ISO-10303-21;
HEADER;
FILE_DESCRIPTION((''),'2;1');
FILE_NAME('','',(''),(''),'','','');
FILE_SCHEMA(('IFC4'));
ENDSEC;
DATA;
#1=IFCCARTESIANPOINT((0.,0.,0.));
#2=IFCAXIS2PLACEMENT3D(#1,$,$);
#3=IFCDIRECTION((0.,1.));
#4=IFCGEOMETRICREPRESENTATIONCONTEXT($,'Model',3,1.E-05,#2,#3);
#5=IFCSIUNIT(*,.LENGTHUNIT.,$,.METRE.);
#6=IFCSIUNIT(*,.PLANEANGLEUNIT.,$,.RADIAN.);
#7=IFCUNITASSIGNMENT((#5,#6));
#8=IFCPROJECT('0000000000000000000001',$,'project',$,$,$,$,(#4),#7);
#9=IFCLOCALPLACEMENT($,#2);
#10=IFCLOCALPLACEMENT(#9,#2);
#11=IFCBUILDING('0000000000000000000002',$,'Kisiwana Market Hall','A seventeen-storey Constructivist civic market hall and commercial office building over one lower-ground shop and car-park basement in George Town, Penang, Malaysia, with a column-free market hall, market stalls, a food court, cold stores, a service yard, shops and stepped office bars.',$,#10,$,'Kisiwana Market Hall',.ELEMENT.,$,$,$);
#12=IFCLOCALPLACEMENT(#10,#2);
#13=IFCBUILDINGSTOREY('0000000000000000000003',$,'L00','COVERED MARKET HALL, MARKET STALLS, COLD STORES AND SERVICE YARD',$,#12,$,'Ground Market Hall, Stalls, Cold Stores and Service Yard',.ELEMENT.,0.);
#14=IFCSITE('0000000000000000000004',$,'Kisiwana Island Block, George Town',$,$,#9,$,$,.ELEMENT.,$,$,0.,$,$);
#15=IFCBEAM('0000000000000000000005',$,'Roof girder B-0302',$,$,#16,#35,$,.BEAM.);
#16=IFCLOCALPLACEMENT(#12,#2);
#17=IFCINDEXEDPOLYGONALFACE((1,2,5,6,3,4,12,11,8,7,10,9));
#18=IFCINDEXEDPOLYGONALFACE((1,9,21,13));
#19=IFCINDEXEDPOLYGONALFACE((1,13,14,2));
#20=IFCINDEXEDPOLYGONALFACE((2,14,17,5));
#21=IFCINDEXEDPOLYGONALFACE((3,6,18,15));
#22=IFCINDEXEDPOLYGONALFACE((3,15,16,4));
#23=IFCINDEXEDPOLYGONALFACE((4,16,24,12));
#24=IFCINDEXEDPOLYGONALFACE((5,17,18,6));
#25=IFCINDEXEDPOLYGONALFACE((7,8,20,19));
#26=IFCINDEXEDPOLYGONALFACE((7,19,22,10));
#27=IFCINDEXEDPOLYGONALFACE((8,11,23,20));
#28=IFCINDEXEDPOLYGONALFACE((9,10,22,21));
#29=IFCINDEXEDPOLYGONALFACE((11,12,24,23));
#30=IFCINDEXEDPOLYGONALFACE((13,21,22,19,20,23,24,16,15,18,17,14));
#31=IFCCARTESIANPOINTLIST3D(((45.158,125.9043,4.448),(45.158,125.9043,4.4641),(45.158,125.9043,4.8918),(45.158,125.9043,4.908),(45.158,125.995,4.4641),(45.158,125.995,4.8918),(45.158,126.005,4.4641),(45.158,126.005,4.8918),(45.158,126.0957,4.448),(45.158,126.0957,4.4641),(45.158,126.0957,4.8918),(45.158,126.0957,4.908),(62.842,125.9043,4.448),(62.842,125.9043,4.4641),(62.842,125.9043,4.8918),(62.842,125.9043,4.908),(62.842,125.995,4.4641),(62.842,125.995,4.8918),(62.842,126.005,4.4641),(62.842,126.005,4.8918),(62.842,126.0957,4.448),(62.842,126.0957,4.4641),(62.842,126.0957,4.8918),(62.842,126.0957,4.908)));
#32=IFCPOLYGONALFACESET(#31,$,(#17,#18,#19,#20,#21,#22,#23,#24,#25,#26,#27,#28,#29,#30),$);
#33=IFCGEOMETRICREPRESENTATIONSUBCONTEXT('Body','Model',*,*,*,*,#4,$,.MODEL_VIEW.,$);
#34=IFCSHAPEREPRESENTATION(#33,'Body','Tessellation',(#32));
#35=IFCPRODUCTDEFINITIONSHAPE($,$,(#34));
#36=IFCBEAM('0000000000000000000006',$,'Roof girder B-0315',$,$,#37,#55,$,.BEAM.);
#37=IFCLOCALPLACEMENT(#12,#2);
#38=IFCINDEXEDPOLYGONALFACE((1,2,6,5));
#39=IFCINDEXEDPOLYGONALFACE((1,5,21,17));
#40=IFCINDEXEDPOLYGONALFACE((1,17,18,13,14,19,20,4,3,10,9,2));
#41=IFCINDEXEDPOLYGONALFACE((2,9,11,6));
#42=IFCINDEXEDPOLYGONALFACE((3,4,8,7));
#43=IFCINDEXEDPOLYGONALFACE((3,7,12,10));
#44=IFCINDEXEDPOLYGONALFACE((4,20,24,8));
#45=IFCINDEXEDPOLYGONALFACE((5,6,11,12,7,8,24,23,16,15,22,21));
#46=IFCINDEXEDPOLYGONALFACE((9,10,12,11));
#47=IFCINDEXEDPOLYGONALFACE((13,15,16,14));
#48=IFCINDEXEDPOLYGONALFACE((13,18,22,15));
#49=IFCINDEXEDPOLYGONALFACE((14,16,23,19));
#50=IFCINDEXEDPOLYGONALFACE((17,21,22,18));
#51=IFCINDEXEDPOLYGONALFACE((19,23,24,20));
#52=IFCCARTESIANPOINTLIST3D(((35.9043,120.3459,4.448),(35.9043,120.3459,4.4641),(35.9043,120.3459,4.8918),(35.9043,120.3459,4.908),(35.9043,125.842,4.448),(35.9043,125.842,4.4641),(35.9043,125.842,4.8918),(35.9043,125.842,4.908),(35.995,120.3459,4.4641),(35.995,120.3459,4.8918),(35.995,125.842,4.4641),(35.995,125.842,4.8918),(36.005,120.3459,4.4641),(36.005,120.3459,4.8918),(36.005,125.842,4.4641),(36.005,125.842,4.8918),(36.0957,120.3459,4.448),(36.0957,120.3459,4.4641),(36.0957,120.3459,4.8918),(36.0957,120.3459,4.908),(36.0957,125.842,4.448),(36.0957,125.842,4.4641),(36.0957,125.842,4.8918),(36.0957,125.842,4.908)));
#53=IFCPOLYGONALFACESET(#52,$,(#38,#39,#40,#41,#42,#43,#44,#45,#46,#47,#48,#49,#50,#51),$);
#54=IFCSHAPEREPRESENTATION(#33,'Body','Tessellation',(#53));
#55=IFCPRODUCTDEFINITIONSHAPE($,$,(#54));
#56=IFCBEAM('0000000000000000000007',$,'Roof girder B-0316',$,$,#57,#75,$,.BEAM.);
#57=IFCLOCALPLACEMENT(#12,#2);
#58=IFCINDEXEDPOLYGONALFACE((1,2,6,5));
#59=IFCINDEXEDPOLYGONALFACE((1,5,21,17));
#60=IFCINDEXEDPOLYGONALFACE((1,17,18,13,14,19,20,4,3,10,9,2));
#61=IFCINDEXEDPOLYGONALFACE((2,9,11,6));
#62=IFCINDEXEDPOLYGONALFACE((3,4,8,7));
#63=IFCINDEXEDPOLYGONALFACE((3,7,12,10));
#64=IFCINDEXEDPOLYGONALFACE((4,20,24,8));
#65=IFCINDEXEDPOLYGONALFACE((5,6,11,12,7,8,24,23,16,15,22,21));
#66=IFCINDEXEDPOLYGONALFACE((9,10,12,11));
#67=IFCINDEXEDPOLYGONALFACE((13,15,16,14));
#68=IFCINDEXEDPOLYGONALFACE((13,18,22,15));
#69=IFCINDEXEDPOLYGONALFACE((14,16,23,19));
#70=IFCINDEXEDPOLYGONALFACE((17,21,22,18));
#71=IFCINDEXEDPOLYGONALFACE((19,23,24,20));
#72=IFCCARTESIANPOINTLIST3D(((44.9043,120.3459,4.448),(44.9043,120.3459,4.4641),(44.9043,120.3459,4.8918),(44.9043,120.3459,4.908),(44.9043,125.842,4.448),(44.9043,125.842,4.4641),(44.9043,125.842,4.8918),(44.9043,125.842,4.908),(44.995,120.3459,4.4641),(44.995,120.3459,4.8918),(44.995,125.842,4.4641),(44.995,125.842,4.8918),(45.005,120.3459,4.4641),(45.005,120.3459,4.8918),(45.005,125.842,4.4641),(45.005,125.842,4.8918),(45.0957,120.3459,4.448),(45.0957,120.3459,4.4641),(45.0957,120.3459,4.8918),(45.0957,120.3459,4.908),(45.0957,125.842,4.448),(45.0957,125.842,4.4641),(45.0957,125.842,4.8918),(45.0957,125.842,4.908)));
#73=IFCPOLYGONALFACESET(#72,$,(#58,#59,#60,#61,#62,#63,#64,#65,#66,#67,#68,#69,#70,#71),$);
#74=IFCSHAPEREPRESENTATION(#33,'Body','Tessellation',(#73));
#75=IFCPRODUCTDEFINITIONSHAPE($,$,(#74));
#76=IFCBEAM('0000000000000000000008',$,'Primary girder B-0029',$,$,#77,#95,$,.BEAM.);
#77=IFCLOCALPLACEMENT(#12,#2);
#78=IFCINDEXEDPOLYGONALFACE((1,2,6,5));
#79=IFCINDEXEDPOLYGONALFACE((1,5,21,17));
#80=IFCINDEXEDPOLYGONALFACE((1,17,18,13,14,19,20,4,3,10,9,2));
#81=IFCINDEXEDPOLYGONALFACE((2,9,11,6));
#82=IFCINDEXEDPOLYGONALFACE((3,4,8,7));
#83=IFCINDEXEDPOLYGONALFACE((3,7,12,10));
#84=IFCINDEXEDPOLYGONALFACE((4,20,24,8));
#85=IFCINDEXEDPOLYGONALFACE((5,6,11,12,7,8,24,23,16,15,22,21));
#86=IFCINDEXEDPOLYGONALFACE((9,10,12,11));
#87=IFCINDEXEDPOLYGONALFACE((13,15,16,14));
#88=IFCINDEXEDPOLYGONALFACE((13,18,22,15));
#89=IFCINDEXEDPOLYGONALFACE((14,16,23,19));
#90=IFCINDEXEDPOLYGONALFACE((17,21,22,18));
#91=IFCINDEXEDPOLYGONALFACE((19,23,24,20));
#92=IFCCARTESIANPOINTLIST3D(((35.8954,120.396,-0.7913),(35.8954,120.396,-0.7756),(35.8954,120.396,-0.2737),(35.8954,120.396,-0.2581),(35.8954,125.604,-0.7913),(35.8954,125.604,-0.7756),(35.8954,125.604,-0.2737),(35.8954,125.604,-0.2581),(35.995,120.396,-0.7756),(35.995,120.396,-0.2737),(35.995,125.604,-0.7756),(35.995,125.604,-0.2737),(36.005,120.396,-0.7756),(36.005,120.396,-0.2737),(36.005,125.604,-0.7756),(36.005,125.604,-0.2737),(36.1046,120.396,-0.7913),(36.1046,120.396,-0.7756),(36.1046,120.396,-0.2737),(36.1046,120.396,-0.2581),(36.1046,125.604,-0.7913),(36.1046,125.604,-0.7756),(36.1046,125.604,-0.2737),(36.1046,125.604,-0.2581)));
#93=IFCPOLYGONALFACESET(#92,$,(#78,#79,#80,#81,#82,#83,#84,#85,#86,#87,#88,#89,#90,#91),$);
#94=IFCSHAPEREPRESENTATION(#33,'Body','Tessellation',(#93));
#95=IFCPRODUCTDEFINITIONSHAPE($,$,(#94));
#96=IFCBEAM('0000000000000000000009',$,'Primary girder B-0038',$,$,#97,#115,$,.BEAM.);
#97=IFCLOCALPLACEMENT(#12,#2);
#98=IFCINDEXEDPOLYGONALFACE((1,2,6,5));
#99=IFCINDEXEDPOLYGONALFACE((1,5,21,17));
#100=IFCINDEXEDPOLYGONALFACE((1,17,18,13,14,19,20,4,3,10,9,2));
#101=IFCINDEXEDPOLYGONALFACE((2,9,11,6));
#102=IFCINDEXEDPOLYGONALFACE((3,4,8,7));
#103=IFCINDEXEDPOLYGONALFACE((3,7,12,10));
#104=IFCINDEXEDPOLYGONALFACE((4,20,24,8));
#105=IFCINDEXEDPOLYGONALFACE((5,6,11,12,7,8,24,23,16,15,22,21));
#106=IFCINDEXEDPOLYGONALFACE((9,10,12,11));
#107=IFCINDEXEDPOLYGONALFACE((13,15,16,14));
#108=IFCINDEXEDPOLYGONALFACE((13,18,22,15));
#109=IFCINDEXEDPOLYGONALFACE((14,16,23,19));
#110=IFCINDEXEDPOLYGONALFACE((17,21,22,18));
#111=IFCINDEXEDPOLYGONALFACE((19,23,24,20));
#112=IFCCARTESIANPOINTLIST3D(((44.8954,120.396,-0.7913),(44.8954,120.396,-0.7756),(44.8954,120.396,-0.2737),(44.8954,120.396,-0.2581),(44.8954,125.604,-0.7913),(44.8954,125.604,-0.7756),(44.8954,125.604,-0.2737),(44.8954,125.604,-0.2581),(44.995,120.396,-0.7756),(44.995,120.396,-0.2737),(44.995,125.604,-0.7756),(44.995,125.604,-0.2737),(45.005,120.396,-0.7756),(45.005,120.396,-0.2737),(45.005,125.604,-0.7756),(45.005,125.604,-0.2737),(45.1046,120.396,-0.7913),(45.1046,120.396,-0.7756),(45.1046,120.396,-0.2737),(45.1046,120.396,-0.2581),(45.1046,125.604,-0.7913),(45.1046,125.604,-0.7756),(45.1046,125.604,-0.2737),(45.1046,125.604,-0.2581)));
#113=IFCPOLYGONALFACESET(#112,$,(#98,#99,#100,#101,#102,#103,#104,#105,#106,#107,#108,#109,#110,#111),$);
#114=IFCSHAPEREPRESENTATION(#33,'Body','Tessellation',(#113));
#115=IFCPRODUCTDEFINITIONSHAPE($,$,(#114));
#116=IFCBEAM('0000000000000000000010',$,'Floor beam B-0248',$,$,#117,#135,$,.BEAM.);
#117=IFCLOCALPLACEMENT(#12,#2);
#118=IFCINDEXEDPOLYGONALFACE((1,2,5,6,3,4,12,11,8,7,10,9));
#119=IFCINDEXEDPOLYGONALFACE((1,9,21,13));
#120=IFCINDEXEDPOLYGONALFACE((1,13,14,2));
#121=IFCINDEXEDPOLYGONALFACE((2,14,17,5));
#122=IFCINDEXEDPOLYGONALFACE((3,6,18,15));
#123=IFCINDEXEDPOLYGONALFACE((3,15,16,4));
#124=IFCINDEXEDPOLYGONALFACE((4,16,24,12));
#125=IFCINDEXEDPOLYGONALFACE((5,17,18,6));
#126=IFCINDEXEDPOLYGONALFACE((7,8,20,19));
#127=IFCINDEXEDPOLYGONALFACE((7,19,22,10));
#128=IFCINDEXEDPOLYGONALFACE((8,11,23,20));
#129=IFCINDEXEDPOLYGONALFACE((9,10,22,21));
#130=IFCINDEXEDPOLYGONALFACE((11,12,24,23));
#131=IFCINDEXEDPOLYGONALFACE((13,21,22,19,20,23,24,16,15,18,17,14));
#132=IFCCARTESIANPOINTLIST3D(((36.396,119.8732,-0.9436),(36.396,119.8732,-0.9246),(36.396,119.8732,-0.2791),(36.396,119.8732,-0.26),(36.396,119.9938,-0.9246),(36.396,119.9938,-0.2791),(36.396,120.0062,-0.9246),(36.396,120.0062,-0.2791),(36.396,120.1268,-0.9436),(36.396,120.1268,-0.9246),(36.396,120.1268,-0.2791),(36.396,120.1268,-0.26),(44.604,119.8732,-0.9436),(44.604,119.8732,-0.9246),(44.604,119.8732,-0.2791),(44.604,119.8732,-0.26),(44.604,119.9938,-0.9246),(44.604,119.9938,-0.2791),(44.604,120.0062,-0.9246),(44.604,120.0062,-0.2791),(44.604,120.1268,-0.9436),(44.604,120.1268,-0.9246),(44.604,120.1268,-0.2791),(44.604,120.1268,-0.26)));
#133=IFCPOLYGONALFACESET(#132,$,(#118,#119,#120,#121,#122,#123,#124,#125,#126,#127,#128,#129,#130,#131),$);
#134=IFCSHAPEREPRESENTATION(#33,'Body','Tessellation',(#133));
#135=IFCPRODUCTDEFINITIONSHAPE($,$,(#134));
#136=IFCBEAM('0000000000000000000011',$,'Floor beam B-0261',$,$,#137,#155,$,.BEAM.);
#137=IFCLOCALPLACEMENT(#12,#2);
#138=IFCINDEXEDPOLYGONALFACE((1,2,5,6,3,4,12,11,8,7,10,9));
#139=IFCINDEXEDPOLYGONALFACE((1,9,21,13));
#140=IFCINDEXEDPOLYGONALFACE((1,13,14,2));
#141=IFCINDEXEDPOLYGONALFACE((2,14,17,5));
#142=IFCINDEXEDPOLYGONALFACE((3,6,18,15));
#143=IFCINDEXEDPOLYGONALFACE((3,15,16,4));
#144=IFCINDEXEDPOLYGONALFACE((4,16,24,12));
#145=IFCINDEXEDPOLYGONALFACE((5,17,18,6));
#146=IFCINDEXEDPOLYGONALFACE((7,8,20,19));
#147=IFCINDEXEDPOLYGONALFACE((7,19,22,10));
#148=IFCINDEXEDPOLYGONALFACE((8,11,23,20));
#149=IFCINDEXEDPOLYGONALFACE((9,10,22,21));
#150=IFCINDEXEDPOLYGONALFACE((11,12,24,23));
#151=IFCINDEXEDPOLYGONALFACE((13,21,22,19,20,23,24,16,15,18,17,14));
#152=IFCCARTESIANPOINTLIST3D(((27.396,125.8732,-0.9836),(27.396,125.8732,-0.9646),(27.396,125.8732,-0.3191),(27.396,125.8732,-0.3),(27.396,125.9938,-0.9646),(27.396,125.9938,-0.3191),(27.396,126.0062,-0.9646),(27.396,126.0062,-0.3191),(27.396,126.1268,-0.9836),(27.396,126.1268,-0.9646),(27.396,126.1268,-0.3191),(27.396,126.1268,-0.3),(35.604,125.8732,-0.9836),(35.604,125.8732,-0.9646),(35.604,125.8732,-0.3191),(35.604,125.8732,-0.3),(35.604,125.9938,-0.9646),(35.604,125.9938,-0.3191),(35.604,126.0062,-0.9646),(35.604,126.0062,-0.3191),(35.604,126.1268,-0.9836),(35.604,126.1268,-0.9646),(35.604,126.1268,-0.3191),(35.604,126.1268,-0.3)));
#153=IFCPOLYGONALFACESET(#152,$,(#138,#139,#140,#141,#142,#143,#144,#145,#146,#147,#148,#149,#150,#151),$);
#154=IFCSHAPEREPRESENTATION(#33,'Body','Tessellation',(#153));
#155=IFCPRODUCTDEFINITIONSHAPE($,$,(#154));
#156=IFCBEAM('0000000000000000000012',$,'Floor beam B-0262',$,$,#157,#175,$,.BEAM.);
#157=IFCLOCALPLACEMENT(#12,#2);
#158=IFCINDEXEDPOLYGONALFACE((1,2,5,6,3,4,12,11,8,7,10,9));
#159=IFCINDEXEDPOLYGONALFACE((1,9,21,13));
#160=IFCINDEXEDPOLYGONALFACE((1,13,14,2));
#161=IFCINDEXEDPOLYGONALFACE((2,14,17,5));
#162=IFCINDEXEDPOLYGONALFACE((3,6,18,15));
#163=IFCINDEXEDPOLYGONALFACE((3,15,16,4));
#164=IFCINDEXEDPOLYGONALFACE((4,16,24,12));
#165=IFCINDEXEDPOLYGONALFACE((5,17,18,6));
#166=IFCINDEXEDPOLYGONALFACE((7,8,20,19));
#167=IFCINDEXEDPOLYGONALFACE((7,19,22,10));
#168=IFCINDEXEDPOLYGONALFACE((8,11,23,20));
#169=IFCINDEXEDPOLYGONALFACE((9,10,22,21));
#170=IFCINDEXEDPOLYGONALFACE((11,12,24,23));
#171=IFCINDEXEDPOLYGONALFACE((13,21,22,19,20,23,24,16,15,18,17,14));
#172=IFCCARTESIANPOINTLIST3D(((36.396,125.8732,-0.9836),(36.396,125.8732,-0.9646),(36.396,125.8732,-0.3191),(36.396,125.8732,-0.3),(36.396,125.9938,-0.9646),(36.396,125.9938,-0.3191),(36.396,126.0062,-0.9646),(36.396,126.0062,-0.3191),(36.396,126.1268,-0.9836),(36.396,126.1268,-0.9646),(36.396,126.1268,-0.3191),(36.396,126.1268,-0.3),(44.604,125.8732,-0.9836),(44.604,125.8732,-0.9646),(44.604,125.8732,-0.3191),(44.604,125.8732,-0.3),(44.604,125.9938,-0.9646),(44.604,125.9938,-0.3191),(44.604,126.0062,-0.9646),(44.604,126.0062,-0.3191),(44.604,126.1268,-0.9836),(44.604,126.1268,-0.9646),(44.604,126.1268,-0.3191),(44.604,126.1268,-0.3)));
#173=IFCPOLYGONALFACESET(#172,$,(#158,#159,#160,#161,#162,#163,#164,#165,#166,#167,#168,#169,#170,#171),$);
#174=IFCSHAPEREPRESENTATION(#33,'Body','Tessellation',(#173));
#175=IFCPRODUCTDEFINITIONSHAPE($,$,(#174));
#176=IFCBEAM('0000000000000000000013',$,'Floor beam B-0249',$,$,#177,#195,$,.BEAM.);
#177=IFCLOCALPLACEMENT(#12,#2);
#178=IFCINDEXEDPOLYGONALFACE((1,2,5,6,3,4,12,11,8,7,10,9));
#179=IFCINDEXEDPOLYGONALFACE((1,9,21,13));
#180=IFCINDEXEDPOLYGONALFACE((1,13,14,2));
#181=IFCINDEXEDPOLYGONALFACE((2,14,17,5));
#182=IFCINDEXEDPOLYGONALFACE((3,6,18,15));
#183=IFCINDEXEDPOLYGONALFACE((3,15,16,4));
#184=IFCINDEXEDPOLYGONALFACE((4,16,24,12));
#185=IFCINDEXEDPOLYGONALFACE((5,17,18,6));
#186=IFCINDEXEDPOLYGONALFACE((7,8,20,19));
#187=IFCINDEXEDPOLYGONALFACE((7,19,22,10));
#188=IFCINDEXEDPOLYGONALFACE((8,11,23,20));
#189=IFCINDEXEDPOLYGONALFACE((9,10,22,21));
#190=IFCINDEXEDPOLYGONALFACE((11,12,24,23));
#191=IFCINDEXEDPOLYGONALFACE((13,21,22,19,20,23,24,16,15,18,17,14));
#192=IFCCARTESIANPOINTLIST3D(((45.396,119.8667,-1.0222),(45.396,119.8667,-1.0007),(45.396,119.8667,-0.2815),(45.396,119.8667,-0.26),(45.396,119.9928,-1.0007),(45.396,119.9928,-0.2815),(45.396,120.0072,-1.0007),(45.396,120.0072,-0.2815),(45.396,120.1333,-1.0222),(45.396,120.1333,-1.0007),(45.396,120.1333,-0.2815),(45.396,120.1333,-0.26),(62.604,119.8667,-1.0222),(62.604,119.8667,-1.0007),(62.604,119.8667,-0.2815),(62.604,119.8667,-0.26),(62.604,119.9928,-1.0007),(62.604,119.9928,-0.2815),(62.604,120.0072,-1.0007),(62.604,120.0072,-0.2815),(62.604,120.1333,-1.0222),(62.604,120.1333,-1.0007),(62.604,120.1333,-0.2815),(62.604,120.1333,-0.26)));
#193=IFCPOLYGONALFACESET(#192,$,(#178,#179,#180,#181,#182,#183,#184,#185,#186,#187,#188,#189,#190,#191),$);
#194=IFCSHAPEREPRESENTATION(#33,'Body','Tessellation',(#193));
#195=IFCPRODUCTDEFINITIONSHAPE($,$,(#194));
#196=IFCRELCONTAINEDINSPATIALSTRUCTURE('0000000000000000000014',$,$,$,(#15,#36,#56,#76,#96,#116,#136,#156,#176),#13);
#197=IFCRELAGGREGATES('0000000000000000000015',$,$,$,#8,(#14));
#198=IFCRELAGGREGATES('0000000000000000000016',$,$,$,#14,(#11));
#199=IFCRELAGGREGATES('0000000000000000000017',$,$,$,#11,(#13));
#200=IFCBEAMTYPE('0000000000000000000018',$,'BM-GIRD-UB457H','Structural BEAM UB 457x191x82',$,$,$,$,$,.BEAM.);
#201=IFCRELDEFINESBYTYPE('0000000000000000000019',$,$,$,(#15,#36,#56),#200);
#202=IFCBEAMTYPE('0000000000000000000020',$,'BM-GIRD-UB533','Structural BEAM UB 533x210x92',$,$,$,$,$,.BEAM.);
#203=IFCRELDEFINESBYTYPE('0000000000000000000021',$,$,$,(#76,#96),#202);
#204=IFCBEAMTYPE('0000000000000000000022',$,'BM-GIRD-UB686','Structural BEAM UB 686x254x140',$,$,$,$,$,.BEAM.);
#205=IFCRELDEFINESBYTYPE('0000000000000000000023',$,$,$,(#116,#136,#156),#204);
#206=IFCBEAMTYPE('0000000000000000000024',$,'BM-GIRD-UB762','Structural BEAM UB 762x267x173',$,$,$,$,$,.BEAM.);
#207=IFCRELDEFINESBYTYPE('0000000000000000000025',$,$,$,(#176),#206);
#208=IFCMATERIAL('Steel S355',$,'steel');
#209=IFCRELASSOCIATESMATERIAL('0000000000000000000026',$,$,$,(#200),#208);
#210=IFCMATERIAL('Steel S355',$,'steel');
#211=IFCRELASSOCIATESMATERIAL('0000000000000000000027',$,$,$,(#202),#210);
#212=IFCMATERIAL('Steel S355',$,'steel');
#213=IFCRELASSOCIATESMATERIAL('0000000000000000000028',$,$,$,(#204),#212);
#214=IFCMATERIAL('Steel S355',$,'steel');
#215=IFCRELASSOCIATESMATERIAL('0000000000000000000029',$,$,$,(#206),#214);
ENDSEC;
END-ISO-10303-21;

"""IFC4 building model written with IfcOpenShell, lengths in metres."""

from ifc_helpers import new_model, si_unit, direction, frame, origin, origin_2d, place, context, subcontext, project, spatial, i_section, extrude, material, material_profile, profile_set, type_object, element, save


model = new_model("IFC4")

# Units and contexts
model_context = context("Model", 3, precision=1e-05, world=origin(), true_north=direction((0.0, 1.0)))
body_context = subcontext(model_context, "Body", "Model", "MODEL_VIEW")
ifc_project = project(units=[si_unit("LENGTHUNIT", "METRE"), si_unit("PLANEANGLEUNIT", "RADIAN")], contexts=[model_context])

# Site, building, storey
site_placement = place(None, origin())
site = spatial("IfcSite", under=ifc_project, at=site_placement, Name="Kisiwana Island Block, George Town", CompositionType="ELEMENT", RefElevation=0.0)
building_placement = place(site_placement, origin())
building = spatial("IfcBuilding", under=site, at=building_placement, Name="Kisiwana Market Hall", Description="A seventeen-storey Constructivist civic market hall and commercial office building over one lower-ground shop and car-park basement in George Town, Penang, Malaysia, with a column-free market hall, market stalls, a food court, cold stores, a service yard, shops and stepped office bars.", LongName="Kisiwana Market Hall", CompositionType="ELEMENT")
storey_placement = place(building_placement, origin())
storey = spatial("IfcBuildingStorey", under=building, at=storey_placement, Name="L00", Description="COVERED MARKET HALL, MARKET STALLS, COLD STORES AND SERVICE YARD", LongName="Ground Market Hall, Stalls, Cold Stores and Service Yard", CompositionType="ELEMENT", Elevation=0.0)

# Beams
ifc_material_1 = material(Name="Steel S355", Category="steel")
ifc_material_profile_1 = material_profile(ifc_material_1, i_section(OverallWidth=0.1914, OverallDepth=0.46, WebThickness=0.01, FlangeThickness=0.0161, at=origin_2d()), Name="UB 457x191x82")
ifc_profile_set_1 = profile_set([ifc_material_profile_1], Name="Steel S355")
beam_type_1 = type_object("IfcBeamType", Name="BM-GIRD-UB457H", Description="Structural BEAM UB 457x191x82", PredefinedType="BEAM", material=ifc_profile_set_1)
beam_placement = place(storey_placement, frame((45.158, 126.0, 4.678), z_axis=(1.0, 0.0, 0.0), x_axis=(0.0, 1.0, 0.0)))
element("IfcBeam", 1, at=beam_placement, inside=storey, type_object=beam_type_1, Name="Roof girder B-0302", PredefinedType="BEAM", context=body_context, shape_type="SweptSolid", body=[
    extrude(i_section(OverallWidth=0.1914, OverallDepth=0.46, WebThickness=0.01, FlangeThickness=0.0161, at=origin_2d()), origin(), (0.0, 0.0, 1.0), 17.6841),
])
for number, where, z_axis, x_axis, name in (
    (2, (36.0, 120.3459, 4.678), (0.0, 1.0, 0.0), (-1.0, 0.0, 0.0), "Roof girder B-0315"),
    (3, (45.0, 120.3459, 4.678), (0.0, 1.0, 0.0), (-1.0, 0.0, 0.0), "Roof girder B-0316"),
):
    element("IfcBeam", number, at=place(storey_placement, frame(where, z_axis=z_axis, x_axis=x_axis)), inside=storey, type_object=beam_type_1, Name=name, PredefinedType="BEAM", context=body_context, shape_type="SweptSolid", body=[
        extrude(i_section(OverallWidth=0.1914, OverallDepth=0.46, WebThickness=0.01, FlangeThickness=0.0161, at=origin_2d()), origin(), (0.0, 0.0, 1.0), 5.4961),
    ])
ifc_material_2 = material(Name="Steel S355", Category="steel")
ifc_material_profile_2 = material_profile(ifc_material_2, i_section(OverallWidth=0.2092, OverallDepth=0.5332, WebThickness=0.01, FlangeThickness=0.0156, at=origin_2d()), Name="UB 533x210x92")
ifc_profile_set_2 = profile_set([ifc_material_profile_2], Name="Steel S355")
beam_type_2 = type_object("IfcBeamType", Name="BM-GIRD-UB533", Description="Structural BEAM UB 533x210x92", PredefinedType="BEAM", material=ifc_profile_set_2)
for number, where, z_axis, x_axis, name in (
    (4, (36.0, 120.396, -0.5247), (0.0, 1.0, 0.0), (-1.0, 0.0, 0.0), "Primary girder B-0029"),
    (5, (45.0, 120.396, -0.5247), (0.0, 1.0, 0.0), (-1.0, 0.0, 0.0), "Primary girder B-0038"),
):
    element("IfcBeam", number, at=place(storey_placement, frame(where, z_axis=z_axis, x_axis=x_axis)), inside=storey, type_object=beam_type_2, Name=name, PredefinedType="BEAM", context=body_context, shape_type="SweptSolid", body=[
        extrude(i_section(OverallWidth=0.2092, OverallDepth=0.5332, WebThickness=0.01, FlangeThickness=0.0156, at=origin_2d()), origin(), (0.0, 0.0, 1.0), 5.208),
    ])
ifc_material_3 = material(Name="Steel S355", Category="steel")
ifc_material_profile_3 = material_profile(ifc_material_3, i_section(OverallWidth=0.2537, OverallDepth=0.6836, WebThickness=0.0125, FlangeThickness=0.019, at=origin_2d()), Name="UB 686x254x140")
ifc_profile_set_3 = profile_set([ifc_material_profile_3], Name="Steel S355")
beam_type_3 = type_object("IfcBeamType", Name="BM-GIRD-UB686", Description="Structural BEAM UB 686x254x140", PredefinedType="BEAM", material=ifc_profile_set_3)
for number, where, z_axis, x_axis, name in (
    (6, (36.396, 120.0, -0.6018), (1.0, 0.0, 0.0), (0.0, 1.0, 0.0), "Floor beam B-0248"),
    (7, (27.396, 126.0, -0.6418), (1.0, 0.0, 0.0), (0.0, 1.0, 0.0), "Floor beam B-0261"),
    (8, (36.396, 126.0, -0.6418), (1.0, 0.0, 0.0), (0.0, 1.0, 0.0), "Floor beam B-0262"),
):
    element("IfcBeam", number, at=place(storey_placement, frame(where, z_axis=z_axis, x_axis=x_axis)), inside=storey, type_object=beam_type_3, Name=name, PredefinedType="BEAM", context=body_context, shape_type="SweptSolid", body=[
        extrude(i_section(OverallWidth=0.2537, OverallDepth=0.6836, WebThickness=0.0125, FlangeThickness=0.019, at=origin_2d()), origin(), (0.0, 0.0, 1.0), 8.208),
    ])
ifc_material_4 = material(Name="Steel S355", Category="steel")
ifc_material_profile_4 = material_profile(ifc_material_4, i_section(OverallWidth=0.2666, OverallDepth=0.7622, WebThickness=0.0144, FlangeThickness=0.0215, at=origin_2d()), Name="UB 762x267x173")
ifc_profile_set_4 = profile_set([ifc_material_profile_4], Name="Steel S355")
beam_type_4 = type_object("IfcBeamType", Name="BM-GIRD-UB762", Description="Structural BEAM UB 762x267x173", PredefinedType="BEAM", material=ifc_profile_set_4)
for number, where, z_axis, x_axis, name in (
    (9, (45.396, 120.0, -0.6411), (1.0, 0.0, 0.0), (0.0, 1.0, 0.0), "Floor beam B-0249"),
):
    element("IfcBeam", number, at=place(storey_placement, frame(where, z_axis=z_axis, x_axis=x_axis)), inside=storey, type_object=beam_type_4, Name=name, PredefinedType="BEAM", context=body_context, shape_type="SweptSolid", body=[
        extrude(i_section(OverallWidth=0.2666, OverallDepth=0.7622, WebThickness=0.0144, FlangeThickness=0.0215, at=origin_2d()), origin(), (0.0, 0.0, 1.0), 17.208),
    ])

save(model, "model.ifc")
